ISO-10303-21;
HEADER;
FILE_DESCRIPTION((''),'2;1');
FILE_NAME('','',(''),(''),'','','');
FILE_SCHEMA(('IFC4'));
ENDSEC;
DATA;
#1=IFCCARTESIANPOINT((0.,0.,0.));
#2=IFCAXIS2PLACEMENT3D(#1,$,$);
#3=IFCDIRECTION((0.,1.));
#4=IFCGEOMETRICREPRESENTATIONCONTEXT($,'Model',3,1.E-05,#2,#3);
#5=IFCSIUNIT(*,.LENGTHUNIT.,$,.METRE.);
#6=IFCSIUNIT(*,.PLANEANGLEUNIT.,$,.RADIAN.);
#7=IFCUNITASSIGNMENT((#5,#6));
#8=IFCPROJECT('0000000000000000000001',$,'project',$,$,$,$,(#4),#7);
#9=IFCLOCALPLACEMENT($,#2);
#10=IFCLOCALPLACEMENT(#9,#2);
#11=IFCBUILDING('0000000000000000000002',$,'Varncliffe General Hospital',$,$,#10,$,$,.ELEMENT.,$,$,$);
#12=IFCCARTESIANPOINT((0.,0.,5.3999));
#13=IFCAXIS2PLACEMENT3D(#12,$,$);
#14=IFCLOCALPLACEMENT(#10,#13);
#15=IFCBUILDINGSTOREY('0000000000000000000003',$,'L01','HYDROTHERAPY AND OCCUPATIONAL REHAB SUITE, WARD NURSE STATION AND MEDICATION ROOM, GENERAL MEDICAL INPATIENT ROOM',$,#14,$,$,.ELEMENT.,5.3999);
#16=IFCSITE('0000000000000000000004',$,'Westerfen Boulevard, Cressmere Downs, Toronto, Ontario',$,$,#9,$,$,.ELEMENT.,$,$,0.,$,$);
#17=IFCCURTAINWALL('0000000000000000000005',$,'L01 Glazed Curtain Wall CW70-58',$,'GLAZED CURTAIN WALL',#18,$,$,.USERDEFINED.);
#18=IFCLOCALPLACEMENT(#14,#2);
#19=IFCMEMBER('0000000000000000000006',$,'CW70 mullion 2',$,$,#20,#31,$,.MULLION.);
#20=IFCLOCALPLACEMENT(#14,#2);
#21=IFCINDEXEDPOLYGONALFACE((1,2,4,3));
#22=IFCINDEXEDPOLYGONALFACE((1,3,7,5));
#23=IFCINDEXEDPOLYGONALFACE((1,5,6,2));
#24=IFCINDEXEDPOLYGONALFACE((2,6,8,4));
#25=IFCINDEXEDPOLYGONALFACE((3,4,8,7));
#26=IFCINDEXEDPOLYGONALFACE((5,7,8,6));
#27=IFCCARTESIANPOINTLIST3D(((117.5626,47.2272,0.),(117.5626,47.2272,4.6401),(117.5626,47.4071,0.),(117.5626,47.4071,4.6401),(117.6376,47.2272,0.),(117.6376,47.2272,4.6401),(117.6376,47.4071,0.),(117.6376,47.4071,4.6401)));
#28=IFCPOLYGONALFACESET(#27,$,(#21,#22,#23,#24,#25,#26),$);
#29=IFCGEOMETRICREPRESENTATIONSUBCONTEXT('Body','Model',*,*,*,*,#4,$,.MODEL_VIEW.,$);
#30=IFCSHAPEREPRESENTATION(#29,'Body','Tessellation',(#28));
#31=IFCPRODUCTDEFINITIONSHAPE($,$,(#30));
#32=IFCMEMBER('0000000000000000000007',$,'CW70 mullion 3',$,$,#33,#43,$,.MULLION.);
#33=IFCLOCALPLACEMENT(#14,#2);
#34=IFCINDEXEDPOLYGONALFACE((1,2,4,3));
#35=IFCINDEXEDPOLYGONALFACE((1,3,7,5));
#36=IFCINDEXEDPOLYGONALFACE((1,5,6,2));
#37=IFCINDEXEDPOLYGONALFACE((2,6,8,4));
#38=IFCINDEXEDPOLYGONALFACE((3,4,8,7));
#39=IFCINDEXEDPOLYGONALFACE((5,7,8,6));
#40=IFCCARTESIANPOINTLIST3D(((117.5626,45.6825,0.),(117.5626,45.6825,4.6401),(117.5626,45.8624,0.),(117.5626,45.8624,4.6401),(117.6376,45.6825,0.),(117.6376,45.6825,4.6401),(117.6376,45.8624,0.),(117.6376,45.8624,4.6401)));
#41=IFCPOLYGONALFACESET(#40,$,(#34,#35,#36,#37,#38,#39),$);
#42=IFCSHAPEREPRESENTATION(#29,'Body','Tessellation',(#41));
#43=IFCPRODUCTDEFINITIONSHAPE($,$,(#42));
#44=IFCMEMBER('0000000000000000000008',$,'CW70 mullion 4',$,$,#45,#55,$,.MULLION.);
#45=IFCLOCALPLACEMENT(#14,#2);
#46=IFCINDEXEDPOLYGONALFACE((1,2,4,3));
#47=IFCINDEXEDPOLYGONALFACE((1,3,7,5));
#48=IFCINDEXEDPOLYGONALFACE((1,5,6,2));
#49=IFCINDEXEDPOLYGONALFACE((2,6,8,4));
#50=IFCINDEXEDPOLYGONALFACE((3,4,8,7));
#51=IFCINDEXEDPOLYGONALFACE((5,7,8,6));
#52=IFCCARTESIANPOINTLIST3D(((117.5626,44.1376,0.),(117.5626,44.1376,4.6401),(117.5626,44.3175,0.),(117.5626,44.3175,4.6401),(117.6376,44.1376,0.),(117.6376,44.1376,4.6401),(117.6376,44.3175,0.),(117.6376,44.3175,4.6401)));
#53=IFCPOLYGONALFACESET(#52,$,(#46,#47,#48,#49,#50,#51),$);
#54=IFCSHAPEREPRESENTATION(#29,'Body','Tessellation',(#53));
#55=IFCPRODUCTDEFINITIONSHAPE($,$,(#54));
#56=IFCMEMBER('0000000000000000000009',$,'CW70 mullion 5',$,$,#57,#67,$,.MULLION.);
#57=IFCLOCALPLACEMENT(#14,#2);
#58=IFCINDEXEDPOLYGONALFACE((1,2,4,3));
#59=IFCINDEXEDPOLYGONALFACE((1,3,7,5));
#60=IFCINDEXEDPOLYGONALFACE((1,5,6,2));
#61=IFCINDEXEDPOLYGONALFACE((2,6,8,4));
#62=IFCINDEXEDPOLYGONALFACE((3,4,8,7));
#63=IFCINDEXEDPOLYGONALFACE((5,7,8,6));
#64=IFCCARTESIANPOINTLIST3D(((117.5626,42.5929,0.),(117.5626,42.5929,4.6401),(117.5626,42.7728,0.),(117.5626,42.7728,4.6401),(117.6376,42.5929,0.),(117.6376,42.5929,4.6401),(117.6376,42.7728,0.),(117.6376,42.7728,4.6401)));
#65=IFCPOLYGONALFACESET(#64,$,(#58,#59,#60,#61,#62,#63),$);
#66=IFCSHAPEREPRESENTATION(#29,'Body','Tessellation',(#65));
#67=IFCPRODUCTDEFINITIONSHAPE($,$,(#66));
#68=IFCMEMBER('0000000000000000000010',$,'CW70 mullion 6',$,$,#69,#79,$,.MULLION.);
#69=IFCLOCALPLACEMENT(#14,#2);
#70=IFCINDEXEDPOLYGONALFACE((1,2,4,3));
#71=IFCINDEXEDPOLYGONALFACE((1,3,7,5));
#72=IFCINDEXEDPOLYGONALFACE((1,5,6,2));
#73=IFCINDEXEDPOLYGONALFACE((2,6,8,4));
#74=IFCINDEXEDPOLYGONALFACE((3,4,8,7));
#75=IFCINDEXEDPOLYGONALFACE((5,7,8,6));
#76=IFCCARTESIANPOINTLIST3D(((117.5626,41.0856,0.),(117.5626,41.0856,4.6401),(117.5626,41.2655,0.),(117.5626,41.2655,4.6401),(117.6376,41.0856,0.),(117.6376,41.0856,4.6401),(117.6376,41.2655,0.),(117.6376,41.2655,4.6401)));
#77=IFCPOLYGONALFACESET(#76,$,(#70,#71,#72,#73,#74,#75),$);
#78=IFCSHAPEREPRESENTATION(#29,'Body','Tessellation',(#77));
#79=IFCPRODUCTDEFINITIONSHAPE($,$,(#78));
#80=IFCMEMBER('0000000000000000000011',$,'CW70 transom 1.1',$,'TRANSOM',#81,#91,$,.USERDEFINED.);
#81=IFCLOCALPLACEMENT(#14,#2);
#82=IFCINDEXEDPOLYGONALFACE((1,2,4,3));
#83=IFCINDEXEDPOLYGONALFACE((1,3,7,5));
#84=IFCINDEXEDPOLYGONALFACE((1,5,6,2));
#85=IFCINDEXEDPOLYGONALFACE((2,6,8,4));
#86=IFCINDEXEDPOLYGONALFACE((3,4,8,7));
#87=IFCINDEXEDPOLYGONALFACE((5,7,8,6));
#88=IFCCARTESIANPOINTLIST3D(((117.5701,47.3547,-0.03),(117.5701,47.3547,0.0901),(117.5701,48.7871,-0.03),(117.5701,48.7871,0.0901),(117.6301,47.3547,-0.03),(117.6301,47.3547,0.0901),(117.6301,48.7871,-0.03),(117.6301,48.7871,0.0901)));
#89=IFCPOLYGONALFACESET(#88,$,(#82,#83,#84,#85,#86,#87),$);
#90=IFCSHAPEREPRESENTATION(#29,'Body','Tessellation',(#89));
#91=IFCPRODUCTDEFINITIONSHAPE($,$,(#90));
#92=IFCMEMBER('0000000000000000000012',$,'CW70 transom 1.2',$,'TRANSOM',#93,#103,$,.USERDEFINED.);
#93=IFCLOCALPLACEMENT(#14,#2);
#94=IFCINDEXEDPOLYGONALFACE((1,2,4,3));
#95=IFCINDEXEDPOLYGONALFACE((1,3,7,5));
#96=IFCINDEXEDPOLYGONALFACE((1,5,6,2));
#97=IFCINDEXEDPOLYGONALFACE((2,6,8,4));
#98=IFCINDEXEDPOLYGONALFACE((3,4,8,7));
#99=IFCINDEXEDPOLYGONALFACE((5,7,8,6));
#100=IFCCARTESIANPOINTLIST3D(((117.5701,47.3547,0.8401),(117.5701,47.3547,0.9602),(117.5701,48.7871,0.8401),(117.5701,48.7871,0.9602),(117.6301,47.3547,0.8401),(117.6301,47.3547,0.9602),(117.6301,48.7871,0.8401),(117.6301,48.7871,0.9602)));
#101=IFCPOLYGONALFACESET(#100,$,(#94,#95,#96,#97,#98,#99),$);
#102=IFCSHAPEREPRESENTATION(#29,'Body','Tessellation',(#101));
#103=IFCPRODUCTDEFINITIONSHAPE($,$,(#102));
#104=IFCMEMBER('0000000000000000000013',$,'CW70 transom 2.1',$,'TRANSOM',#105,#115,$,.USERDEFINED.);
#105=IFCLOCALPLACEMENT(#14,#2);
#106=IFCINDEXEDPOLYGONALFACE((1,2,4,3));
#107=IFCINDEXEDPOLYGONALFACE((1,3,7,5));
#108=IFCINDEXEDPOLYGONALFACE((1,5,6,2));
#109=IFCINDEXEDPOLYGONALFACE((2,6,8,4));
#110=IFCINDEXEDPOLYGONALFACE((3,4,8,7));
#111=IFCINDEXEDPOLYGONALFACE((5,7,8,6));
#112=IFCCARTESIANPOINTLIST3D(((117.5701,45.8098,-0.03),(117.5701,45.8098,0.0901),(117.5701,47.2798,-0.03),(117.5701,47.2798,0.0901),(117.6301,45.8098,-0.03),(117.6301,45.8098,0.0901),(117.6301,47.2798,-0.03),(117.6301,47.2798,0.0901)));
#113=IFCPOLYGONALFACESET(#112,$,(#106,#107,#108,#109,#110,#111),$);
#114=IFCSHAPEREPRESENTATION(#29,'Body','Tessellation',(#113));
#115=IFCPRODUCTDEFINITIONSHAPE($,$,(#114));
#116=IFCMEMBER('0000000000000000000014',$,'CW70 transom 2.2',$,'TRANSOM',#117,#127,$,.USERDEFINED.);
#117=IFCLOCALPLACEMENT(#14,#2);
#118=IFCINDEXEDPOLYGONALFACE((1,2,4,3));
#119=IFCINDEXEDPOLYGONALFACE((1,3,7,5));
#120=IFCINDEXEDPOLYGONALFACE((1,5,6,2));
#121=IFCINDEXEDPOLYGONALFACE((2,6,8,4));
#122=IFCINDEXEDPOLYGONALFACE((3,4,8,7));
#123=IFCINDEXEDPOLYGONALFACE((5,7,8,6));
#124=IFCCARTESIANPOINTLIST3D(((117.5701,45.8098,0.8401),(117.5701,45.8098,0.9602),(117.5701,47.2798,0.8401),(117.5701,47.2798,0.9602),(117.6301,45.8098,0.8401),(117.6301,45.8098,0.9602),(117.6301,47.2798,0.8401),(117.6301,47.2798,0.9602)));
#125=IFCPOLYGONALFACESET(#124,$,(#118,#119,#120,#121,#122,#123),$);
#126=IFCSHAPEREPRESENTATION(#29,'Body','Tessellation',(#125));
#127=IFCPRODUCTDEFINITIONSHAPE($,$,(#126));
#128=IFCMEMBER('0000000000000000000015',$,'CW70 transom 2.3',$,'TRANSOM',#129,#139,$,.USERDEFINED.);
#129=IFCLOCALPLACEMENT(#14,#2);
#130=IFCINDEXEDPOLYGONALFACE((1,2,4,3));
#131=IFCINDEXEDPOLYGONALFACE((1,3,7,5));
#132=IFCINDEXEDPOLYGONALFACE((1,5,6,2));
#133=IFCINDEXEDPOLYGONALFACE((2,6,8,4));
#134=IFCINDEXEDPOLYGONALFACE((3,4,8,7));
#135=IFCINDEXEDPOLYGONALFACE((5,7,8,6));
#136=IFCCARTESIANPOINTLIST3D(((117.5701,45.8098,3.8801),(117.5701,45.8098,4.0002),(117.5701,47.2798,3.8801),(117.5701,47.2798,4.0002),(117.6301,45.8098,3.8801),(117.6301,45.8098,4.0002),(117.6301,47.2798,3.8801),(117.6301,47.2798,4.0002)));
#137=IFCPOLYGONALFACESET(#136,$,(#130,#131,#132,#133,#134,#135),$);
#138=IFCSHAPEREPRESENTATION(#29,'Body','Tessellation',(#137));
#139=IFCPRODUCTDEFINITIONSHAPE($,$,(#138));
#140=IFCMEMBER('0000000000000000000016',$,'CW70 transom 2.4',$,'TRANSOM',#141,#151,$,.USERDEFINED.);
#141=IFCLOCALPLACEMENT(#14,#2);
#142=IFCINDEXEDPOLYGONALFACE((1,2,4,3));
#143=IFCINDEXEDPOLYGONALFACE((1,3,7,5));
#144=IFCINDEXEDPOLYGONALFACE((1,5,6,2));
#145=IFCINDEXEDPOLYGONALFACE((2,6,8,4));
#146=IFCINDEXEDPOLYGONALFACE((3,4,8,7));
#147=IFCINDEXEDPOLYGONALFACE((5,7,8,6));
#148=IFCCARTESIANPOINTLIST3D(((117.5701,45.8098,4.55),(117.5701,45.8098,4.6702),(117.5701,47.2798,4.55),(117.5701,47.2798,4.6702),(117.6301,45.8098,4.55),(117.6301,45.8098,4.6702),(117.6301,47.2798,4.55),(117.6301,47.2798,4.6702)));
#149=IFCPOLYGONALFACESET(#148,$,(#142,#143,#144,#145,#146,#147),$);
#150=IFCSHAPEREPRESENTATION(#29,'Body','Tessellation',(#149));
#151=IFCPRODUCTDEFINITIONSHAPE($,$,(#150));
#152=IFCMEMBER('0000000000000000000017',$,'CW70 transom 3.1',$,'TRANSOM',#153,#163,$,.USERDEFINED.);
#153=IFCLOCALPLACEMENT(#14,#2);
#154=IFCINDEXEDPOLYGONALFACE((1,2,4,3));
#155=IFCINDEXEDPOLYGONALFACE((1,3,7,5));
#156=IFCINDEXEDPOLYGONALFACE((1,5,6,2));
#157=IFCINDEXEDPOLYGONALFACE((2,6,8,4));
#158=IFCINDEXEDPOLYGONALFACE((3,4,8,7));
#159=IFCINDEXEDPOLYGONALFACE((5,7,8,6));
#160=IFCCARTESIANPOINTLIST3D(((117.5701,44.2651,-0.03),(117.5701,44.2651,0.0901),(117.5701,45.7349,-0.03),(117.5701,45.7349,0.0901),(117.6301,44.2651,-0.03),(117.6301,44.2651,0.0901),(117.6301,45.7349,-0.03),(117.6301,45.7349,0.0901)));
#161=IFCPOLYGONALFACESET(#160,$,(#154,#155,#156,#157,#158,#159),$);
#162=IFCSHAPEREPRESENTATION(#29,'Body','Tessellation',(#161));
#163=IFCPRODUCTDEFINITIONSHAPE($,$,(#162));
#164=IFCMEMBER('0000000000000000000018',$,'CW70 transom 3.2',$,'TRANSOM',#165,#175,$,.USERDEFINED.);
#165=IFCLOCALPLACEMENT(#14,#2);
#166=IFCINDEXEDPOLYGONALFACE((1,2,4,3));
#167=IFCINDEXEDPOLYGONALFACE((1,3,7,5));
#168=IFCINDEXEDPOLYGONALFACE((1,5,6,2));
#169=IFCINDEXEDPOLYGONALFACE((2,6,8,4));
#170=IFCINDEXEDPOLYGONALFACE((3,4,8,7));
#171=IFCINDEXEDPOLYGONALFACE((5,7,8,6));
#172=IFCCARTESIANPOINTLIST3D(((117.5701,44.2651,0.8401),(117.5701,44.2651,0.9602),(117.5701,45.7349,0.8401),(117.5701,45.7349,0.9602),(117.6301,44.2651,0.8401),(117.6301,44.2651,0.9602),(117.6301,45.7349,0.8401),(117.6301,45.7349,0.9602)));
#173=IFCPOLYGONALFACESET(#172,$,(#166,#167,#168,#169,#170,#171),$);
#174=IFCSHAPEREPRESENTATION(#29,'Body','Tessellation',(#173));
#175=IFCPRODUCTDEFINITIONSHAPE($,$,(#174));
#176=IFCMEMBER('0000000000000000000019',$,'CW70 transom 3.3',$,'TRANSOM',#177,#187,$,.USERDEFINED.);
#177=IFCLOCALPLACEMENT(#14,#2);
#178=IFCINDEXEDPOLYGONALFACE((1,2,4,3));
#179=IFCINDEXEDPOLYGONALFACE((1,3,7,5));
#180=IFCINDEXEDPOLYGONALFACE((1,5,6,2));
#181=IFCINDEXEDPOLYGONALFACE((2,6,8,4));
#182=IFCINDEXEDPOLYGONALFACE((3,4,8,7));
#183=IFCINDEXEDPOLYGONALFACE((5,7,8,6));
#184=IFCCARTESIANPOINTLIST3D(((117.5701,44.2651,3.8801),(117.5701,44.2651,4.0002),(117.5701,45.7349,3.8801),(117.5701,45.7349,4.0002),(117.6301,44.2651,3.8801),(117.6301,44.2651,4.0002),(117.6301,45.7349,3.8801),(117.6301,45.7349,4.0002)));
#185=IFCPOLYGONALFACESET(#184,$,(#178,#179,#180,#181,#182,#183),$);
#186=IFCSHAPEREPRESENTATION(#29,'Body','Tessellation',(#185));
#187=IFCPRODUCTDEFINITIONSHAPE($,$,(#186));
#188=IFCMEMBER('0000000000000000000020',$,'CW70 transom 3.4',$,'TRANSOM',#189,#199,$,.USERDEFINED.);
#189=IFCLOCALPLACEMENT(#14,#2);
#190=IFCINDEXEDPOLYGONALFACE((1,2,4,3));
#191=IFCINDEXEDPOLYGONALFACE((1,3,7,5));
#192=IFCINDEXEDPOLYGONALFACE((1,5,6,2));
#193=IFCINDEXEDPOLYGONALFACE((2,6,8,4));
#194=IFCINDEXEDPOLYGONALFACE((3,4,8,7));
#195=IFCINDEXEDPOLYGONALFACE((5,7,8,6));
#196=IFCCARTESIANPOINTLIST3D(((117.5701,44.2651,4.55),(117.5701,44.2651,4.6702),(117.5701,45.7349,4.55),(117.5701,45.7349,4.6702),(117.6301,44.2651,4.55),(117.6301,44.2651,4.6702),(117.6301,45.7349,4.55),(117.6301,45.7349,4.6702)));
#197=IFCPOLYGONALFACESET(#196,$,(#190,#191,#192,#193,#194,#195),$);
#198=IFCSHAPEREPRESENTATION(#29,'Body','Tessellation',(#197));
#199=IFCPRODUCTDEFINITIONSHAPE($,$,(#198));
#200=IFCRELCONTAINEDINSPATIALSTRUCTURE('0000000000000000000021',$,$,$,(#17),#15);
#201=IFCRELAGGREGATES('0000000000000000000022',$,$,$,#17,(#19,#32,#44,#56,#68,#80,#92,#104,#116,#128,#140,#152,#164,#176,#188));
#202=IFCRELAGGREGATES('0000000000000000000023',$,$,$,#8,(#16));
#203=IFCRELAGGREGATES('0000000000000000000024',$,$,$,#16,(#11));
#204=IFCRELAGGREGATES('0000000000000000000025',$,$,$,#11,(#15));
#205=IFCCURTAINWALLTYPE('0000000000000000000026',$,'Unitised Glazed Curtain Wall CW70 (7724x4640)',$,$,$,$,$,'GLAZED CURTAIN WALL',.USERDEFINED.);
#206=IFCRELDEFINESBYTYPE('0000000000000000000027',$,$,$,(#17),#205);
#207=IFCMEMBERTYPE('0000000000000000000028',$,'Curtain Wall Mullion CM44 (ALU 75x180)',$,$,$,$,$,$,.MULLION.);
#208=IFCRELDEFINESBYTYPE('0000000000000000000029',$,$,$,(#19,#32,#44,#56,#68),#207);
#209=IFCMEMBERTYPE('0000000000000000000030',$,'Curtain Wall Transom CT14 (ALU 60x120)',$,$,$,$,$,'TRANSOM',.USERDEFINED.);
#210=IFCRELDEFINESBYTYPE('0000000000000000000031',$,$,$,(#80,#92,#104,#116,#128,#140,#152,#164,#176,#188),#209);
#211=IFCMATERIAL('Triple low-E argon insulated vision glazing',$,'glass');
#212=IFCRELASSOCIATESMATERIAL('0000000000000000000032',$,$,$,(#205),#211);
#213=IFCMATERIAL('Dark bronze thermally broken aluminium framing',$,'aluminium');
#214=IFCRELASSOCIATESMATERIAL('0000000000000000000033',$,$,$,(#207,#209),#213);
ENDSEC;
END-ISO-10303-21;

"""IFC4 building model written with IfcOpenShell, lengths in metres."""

from ifc_helpers import new_model, si_unit, direction, frame, origin, origin_2d, place, context, subcontext, project, spatial, rectangle, extrude, material, material_profile, profile_set, type_object, element, aggregate, save


model = new_model("IFC4")

# Units and contexts
model_context = context("Model", 3, precision=1e-05, world=origin(), true_north=direction((0.0, 1.0)))
body_context = subcontext(model_context, "Body", "Model", "MODEL_VIEW")
ifc_project = project(units=[si_unit("LENGTHUNIT", "METRE"), si_unit("PLANEANGLEUNIT", "RADIAN")], contexts=[model_context])

# Site, building, storey
site_placement = place(None, origin())
site = spatial("IfcSite", under=ifc_project, at=site_placement, Name="Westerfen Boulevard, Cressmere Downs, Toronto, Ontario", CompositionType="ELEMENT", RefElevation=0.0)
building_placement = place(site_placement, origin())
building = spatial("IfcBuilding", under=site, at=building_placement, Name="Varncliffe General Hospital", CompositionType="ELEMENT")
storey_placement = place(building_placement, frame((0.0, 0.0, 5.3999)))
storey = spatial("IfcBuildingStorey", under=building, at=storey_placement, Name="L01", Description="HYDROTHERAPY AND OCCUPATIONAL REHAB SUITE, WARD NURSE STATION AND MEDICATION ROOM, GENERAL MEDICAL INPATIENT ROOM", CompositionType="ELEMENT", Elevation=5.3999)

# Curtain wall, members
ifc_material_1 = material(Name="Triple low-E argon insulated vision glazing", Category="glass")
curtain_wall_type = type_object("IfcCurtainWallType", Name="Unitised Glazed Curtain Wall CW70 (7724x4640)", ElementType="GLAZED CURTAIN WALL", PredefinedType="USERDEFINED", material=ifc_material_1)
curtain_wall_placement = place(storey_placement, origin())
curtain_wall = element("IfcCurtainWall", 1, at=curtain_wall_placement, inside=storey, type_object=curtain_wall_type, Name="L01 Glazed Curtain Wall CW70-58", ObjectType="GLAZED CURTAIN WALL", PredefinedType="USERDEFINED")
ifc_material_2 = material(Name="Dark bronze thermally broken aluminium framing", Category="aluminium")
ifc_material_profile_1 = material_profile(ifc_material_2, rectangle(XDim=0.075, YDim=0.1799, at=origin_2d()), Name="ALU 75x180")
ifc_profile_set_1 = profile_set([ifc_material_profile_1], Name="Dark bronze thermally broken aluminium framing")
member_type_1 = type_object("IfcMemberType", Name="Curtain Wall Mullion CM44 (ALU 75x180)", PredefinedType="MULLION", material=ifc_profile_set_1)
member_1_placement = place(storey_placement, frame((117.6001, 47.3171, 0.0), z_axis=(0.0, 0.0, 1.0), x_axis=(1.0, 0.0, 0.0)))
member_1 = element("IfcMember", 2, at=member_1_placement, type_object=member_type_1, Name="CW70 mullion 2", PredefinedType="MULLION", context=body_context, shape_type="SweptSolid", body=[
    extrude(rectangle(XDim=0.075, YDim=0.1799, at=origin_2d()), origin(), (0.0, 0.0, 1.0), 4.6401),
])
member_2_placement = place(storey_placement, frame((117.6001, 45.7725, 0.0), z_axis=(0.0, 0.0, 1.0), x_axis=(1.0, 0.0, 0.0)))
member_2 = element("IfcMember", 3, at=member_2_placement, type_object=member_type_1, Name="CW70 mullion 3", PredefinedType="MULLION", context=body_context, shape_type="SweptSolid", body=[
    extrude(rectangle(XDim=0.075, YDim=0.1799, at=origin_2d()), origin(), (0.0, 0.0, 1.0), 4.6401),
])
member_3_placement = place(storey_placement, frame((117.6001, 44.2275, 0.0), z_axis=(0.0, 0.0, 1.0), x_axis=(1.0, 0.0, 0.0)))
member_3 = element("IfcMember", 4, at=member_3_placement, type_object=member_type_1, Name="CW70 mullion 4", PredefinedType="MULLION", context=body_context, shape_type="SweptSolid", body=[
    extrude(rectangle(XDim=0.075, YDim=0.1799, at=origin_2d()), origin(), (0.0, 0.0, 1.0), 4.6401),
])
member_4_placement = place(storey_placement, frame((117.6001, 42.6829, 0.0), z_axis=(0.0, 0.0, 1.0), x_axis=(1.0, 0.0, 0.0)))
member_4 = element("IfcMember", 5, at=member_4_placement, type_object=member_type_1, Name="CW70 mullion 5", PredefinedType="MULLION", context=body_context, shape_type="SweptSolid", body=[
    extrude(rectangle(XDim=0.075, YDim=0.1799, at=origin_2d()), origin(), (0.0, 0.0, 1.0), 4.6401),
])
member_5_placement = place(storey_placement, frame((117.6001, 41.1755, 0.0), z_axis=(0.0, 0.0, 1.0), x_axis=(1.0, 0.0, 0.0)))
member_5 = element("IfcMember", 6, at=member_5_placement, type_object=member_type_1, Name="CW70 mullion 6", PredefinedType="MULLION", context=body_context, shape_type="SweptSolid", body=[
    extrude(rectangle(XDim=0.075, YDim=0.1799, at=origin_2d()), origin(), (0.0, 0.0, 1.0), 4.6401),
])
ifc_material_profile_2 = material_profile(ifc_material_2, rectangle(XDim=0.0601, YDim=0.1201, at=origin_2d()), Name="ALU 60x120")
ifc_profile_set_2 = profile_set([ifc_material_profile_2], Name="Dark bronze thermally broken aluminium framing")
member_type_2 = type_object("IfcMemberType", Name="Curtain Wall Transom CT14 (ALU 60x120)", ElementType="TRANSOM", PredefinedType="USERDEFINED", material=ifc_profile_set_2)
member_6_placement = place(storey_placement, frame((117.6001, 48.7871, 0.03), z_axis=(0.0, -1.0, 0.0), x_axis=(1.0, 0.0, 0.0)))
member_6 = element("IfcMember", 7, at=member_6_placement, type_object=member_type_2, Name="CW70 transom 1.1", ObjectType="TRANSOM", PredefinedType="USERDEFINED", context=body_context, shape_type="SweptSolid", body=[
    extrude(rectangle(XDim=0.0601, YDim=0.1201, at=origin_2d()), origin(), (0.0, 0.0, 1.0), 1.4324),
])
member_7_placement = place(storey_placement, frame((117.6001, 48.7871, 0.9001), z_axis=(0.0, -1.0, 0.0), x_axis=(1.0, 0.0, 0.0)))
member_7 = element("IfcMember", 8, at=member_7_placement, type_object=member_type_2, Name="CW70 transom 1.2", ObjectType="TRANSOM", PredefinedType="USERDEFINED", context=body_context, shape_type="SweptSolid", body=[
    extrude(rectangle(XDim=0.0601, YDim=0.1201, at=origin_2d()), origin(), (0.0, 0.0, 1.0), 1.4324),
])
member_8_placement = place(storey_placement, frame((117.6001, 47.2798, 0.03), z_axis=(0.0, -1.0, 0.0), x_axis=(1.0, 0.0, 0.0)))
member_8 = element("IfcMember", 9, at=member_8_placement, type_object=member_type_2, Name="CW70 transom 2.1", ObjectType="TRANSOM", PredefinedType="USERDEFINED", context=body_context, shape_type="SweptSolid", body=[
    extrude(rectangle(XDim=0.0601, YDim=0.1201, at=origin_2d()), origin(), (0.0, 0.0, 1.0), 1.47),
])
member_9_placement = place(storey_placement, frame((117.6001, 47.2798, 0.9001), z_axis=(0.0, -1.0, 0.0), x_axis=(1.0, 0.0, 0.0)))
member_9 = element("IfcMember", 10, at=member_9_placement, type_object=member_type_2, Name="CW70 transom 2.2", ObjectType="TRANSOM", PredefinedType="USERDEFINED", context=body_context, shape_type="SweptSolid", body=[
    extrude(rectangle(XDim=0.0601, YDim=0.1201, at=origin_2d()), origin(), (0.0, 0.0, 1.0), 1.47),
])
member_10_placement = place(storey_placement, frame((117.6001, 47.2798, 3.9402), z_axis=(0.0, -1.0, 0.0), x_axis=(1.0, 0.0, 0.0)))
member_10 = element("IfcMember", 11, at=member_10_placement, type_object=member_type_2, Name="CW70 transom 2.3", ObjectType="TRANSOM", PredefinedType="USERDEFINED", context=body_context, shape_type="SweptSolid", body=[
    extrude(rectangle(XDim=0.0601, YDim=0.1201, at=origin_2d()), origin(), (0.0, 0.0, 1.0), 1.47),
])
member_11_placement = place(storey_placement, frame((117.6001, 47.2798, 4.6101), z_axis=(0.0, -1.0, 0.0), x_axis=(1.0, 0.0, 0.0)))
member_11 = element("IfcMember", 12, at=member_11_placement, type_object=member_type_2, Name="CW70 transom 2.4", ObjectType="TRANSOM", PredefinedType="USERDEFINED", context=body_context, shape_type="SweptSolid", body=[
    extrude(rectangle(XDim=0.0601, YDim=0.1201, at=origin_2d()), origin(), (0.0, 0.0, 1.0), 1.47),
])
member_12_placement = place(storey_placement, frame((117.6001, 45.7349, 0.03), z_axis=(0.0, -1.0, 0.0), x_axis=(1.0, 0.0, 0.0)))
member_12 = element("IfcMember", 13, at=member_12_placement, type_object=member_type_2, Name="CW70 transom 3.1", ObjectType="TRANSOM", PredefinedType="USERDEFINED", context=body_context, shape_type="SweptSolid", body=[
    extrude(rectangle(XDim=0.0601, YDim=0.1201, at=origin_2d()), origin(), (0.0, 0.0, 1.0), 1.4697),
])
member_13_placement = place(storey_placement, frame((117.6001, 45.7349, 0.9001), z_axis=(0.0, -1.0, 0.0), x_axis=(1.0, 0.0, 0.0)))
member_13 = element("IfcMember", 14, at=member_13_placement, type_object=member_type_2, Name="CW70 transom 3.2", ObjectType="TRANSOM", PredefinedType="USERDEFINED", context=body_context, shape_type="SweptSolid", body=[
    extrude(rectangle(XDim=0.0601, YDim=0.1201, at=origin_2d()), origin(), (0.0, 0.0, 1.0), 1.4697),
])
member_14_placement = place(storey_placement, frame((117.6001, 45.7349, 3.9402), z_axis=(0.0, -1.0, 0.0), x_axis=(1.0, 0.0, 0.0)))
member_14 = element("IfcMember", 15, at=member_14_placement, type_object=member_type_2, Name="CW70 transom 3.3", ObjectType="TRANSOM", PredefinedType="USERDEFINED", context=body_context, shape_type="SweptSolid", body=[
    extrude(rectangle(XDim=0.0601, YDim=0.1201, at=origin_2d()), origin(), (0.0, 0.0, 1.0), 1.4697),
])
member_15_placement = place(storey_placement, frame((117.6001, 45.7349, 4.6101), z_axis=(0.0, -1.0, 0.0), x_axis=(1.0, 0.0, 0.0)))
member_15 = element("IfcMember", 16, at=member_15_placement, type_object=member_type_2, Name="CW70 transom 3.4", ObjectType="TRANSOM", PredefinedType="USERDEFINED", context=body_context, shape_type="SweptSolid", body=[
    extrude(rectangle(XDim=0.0601, YDim=0.1201, at=origin_2d()), origin(), (0.0, 0.0, 1.0), 1.4697),
])
aggregate(curtain_wall, [member_1, member_2, member_3, member_4, member_5, member_6, member_7, member_8, member_9, member_10, member_11, member_12, member_13, member_14, member_15])

save(model, "model.ifc")
